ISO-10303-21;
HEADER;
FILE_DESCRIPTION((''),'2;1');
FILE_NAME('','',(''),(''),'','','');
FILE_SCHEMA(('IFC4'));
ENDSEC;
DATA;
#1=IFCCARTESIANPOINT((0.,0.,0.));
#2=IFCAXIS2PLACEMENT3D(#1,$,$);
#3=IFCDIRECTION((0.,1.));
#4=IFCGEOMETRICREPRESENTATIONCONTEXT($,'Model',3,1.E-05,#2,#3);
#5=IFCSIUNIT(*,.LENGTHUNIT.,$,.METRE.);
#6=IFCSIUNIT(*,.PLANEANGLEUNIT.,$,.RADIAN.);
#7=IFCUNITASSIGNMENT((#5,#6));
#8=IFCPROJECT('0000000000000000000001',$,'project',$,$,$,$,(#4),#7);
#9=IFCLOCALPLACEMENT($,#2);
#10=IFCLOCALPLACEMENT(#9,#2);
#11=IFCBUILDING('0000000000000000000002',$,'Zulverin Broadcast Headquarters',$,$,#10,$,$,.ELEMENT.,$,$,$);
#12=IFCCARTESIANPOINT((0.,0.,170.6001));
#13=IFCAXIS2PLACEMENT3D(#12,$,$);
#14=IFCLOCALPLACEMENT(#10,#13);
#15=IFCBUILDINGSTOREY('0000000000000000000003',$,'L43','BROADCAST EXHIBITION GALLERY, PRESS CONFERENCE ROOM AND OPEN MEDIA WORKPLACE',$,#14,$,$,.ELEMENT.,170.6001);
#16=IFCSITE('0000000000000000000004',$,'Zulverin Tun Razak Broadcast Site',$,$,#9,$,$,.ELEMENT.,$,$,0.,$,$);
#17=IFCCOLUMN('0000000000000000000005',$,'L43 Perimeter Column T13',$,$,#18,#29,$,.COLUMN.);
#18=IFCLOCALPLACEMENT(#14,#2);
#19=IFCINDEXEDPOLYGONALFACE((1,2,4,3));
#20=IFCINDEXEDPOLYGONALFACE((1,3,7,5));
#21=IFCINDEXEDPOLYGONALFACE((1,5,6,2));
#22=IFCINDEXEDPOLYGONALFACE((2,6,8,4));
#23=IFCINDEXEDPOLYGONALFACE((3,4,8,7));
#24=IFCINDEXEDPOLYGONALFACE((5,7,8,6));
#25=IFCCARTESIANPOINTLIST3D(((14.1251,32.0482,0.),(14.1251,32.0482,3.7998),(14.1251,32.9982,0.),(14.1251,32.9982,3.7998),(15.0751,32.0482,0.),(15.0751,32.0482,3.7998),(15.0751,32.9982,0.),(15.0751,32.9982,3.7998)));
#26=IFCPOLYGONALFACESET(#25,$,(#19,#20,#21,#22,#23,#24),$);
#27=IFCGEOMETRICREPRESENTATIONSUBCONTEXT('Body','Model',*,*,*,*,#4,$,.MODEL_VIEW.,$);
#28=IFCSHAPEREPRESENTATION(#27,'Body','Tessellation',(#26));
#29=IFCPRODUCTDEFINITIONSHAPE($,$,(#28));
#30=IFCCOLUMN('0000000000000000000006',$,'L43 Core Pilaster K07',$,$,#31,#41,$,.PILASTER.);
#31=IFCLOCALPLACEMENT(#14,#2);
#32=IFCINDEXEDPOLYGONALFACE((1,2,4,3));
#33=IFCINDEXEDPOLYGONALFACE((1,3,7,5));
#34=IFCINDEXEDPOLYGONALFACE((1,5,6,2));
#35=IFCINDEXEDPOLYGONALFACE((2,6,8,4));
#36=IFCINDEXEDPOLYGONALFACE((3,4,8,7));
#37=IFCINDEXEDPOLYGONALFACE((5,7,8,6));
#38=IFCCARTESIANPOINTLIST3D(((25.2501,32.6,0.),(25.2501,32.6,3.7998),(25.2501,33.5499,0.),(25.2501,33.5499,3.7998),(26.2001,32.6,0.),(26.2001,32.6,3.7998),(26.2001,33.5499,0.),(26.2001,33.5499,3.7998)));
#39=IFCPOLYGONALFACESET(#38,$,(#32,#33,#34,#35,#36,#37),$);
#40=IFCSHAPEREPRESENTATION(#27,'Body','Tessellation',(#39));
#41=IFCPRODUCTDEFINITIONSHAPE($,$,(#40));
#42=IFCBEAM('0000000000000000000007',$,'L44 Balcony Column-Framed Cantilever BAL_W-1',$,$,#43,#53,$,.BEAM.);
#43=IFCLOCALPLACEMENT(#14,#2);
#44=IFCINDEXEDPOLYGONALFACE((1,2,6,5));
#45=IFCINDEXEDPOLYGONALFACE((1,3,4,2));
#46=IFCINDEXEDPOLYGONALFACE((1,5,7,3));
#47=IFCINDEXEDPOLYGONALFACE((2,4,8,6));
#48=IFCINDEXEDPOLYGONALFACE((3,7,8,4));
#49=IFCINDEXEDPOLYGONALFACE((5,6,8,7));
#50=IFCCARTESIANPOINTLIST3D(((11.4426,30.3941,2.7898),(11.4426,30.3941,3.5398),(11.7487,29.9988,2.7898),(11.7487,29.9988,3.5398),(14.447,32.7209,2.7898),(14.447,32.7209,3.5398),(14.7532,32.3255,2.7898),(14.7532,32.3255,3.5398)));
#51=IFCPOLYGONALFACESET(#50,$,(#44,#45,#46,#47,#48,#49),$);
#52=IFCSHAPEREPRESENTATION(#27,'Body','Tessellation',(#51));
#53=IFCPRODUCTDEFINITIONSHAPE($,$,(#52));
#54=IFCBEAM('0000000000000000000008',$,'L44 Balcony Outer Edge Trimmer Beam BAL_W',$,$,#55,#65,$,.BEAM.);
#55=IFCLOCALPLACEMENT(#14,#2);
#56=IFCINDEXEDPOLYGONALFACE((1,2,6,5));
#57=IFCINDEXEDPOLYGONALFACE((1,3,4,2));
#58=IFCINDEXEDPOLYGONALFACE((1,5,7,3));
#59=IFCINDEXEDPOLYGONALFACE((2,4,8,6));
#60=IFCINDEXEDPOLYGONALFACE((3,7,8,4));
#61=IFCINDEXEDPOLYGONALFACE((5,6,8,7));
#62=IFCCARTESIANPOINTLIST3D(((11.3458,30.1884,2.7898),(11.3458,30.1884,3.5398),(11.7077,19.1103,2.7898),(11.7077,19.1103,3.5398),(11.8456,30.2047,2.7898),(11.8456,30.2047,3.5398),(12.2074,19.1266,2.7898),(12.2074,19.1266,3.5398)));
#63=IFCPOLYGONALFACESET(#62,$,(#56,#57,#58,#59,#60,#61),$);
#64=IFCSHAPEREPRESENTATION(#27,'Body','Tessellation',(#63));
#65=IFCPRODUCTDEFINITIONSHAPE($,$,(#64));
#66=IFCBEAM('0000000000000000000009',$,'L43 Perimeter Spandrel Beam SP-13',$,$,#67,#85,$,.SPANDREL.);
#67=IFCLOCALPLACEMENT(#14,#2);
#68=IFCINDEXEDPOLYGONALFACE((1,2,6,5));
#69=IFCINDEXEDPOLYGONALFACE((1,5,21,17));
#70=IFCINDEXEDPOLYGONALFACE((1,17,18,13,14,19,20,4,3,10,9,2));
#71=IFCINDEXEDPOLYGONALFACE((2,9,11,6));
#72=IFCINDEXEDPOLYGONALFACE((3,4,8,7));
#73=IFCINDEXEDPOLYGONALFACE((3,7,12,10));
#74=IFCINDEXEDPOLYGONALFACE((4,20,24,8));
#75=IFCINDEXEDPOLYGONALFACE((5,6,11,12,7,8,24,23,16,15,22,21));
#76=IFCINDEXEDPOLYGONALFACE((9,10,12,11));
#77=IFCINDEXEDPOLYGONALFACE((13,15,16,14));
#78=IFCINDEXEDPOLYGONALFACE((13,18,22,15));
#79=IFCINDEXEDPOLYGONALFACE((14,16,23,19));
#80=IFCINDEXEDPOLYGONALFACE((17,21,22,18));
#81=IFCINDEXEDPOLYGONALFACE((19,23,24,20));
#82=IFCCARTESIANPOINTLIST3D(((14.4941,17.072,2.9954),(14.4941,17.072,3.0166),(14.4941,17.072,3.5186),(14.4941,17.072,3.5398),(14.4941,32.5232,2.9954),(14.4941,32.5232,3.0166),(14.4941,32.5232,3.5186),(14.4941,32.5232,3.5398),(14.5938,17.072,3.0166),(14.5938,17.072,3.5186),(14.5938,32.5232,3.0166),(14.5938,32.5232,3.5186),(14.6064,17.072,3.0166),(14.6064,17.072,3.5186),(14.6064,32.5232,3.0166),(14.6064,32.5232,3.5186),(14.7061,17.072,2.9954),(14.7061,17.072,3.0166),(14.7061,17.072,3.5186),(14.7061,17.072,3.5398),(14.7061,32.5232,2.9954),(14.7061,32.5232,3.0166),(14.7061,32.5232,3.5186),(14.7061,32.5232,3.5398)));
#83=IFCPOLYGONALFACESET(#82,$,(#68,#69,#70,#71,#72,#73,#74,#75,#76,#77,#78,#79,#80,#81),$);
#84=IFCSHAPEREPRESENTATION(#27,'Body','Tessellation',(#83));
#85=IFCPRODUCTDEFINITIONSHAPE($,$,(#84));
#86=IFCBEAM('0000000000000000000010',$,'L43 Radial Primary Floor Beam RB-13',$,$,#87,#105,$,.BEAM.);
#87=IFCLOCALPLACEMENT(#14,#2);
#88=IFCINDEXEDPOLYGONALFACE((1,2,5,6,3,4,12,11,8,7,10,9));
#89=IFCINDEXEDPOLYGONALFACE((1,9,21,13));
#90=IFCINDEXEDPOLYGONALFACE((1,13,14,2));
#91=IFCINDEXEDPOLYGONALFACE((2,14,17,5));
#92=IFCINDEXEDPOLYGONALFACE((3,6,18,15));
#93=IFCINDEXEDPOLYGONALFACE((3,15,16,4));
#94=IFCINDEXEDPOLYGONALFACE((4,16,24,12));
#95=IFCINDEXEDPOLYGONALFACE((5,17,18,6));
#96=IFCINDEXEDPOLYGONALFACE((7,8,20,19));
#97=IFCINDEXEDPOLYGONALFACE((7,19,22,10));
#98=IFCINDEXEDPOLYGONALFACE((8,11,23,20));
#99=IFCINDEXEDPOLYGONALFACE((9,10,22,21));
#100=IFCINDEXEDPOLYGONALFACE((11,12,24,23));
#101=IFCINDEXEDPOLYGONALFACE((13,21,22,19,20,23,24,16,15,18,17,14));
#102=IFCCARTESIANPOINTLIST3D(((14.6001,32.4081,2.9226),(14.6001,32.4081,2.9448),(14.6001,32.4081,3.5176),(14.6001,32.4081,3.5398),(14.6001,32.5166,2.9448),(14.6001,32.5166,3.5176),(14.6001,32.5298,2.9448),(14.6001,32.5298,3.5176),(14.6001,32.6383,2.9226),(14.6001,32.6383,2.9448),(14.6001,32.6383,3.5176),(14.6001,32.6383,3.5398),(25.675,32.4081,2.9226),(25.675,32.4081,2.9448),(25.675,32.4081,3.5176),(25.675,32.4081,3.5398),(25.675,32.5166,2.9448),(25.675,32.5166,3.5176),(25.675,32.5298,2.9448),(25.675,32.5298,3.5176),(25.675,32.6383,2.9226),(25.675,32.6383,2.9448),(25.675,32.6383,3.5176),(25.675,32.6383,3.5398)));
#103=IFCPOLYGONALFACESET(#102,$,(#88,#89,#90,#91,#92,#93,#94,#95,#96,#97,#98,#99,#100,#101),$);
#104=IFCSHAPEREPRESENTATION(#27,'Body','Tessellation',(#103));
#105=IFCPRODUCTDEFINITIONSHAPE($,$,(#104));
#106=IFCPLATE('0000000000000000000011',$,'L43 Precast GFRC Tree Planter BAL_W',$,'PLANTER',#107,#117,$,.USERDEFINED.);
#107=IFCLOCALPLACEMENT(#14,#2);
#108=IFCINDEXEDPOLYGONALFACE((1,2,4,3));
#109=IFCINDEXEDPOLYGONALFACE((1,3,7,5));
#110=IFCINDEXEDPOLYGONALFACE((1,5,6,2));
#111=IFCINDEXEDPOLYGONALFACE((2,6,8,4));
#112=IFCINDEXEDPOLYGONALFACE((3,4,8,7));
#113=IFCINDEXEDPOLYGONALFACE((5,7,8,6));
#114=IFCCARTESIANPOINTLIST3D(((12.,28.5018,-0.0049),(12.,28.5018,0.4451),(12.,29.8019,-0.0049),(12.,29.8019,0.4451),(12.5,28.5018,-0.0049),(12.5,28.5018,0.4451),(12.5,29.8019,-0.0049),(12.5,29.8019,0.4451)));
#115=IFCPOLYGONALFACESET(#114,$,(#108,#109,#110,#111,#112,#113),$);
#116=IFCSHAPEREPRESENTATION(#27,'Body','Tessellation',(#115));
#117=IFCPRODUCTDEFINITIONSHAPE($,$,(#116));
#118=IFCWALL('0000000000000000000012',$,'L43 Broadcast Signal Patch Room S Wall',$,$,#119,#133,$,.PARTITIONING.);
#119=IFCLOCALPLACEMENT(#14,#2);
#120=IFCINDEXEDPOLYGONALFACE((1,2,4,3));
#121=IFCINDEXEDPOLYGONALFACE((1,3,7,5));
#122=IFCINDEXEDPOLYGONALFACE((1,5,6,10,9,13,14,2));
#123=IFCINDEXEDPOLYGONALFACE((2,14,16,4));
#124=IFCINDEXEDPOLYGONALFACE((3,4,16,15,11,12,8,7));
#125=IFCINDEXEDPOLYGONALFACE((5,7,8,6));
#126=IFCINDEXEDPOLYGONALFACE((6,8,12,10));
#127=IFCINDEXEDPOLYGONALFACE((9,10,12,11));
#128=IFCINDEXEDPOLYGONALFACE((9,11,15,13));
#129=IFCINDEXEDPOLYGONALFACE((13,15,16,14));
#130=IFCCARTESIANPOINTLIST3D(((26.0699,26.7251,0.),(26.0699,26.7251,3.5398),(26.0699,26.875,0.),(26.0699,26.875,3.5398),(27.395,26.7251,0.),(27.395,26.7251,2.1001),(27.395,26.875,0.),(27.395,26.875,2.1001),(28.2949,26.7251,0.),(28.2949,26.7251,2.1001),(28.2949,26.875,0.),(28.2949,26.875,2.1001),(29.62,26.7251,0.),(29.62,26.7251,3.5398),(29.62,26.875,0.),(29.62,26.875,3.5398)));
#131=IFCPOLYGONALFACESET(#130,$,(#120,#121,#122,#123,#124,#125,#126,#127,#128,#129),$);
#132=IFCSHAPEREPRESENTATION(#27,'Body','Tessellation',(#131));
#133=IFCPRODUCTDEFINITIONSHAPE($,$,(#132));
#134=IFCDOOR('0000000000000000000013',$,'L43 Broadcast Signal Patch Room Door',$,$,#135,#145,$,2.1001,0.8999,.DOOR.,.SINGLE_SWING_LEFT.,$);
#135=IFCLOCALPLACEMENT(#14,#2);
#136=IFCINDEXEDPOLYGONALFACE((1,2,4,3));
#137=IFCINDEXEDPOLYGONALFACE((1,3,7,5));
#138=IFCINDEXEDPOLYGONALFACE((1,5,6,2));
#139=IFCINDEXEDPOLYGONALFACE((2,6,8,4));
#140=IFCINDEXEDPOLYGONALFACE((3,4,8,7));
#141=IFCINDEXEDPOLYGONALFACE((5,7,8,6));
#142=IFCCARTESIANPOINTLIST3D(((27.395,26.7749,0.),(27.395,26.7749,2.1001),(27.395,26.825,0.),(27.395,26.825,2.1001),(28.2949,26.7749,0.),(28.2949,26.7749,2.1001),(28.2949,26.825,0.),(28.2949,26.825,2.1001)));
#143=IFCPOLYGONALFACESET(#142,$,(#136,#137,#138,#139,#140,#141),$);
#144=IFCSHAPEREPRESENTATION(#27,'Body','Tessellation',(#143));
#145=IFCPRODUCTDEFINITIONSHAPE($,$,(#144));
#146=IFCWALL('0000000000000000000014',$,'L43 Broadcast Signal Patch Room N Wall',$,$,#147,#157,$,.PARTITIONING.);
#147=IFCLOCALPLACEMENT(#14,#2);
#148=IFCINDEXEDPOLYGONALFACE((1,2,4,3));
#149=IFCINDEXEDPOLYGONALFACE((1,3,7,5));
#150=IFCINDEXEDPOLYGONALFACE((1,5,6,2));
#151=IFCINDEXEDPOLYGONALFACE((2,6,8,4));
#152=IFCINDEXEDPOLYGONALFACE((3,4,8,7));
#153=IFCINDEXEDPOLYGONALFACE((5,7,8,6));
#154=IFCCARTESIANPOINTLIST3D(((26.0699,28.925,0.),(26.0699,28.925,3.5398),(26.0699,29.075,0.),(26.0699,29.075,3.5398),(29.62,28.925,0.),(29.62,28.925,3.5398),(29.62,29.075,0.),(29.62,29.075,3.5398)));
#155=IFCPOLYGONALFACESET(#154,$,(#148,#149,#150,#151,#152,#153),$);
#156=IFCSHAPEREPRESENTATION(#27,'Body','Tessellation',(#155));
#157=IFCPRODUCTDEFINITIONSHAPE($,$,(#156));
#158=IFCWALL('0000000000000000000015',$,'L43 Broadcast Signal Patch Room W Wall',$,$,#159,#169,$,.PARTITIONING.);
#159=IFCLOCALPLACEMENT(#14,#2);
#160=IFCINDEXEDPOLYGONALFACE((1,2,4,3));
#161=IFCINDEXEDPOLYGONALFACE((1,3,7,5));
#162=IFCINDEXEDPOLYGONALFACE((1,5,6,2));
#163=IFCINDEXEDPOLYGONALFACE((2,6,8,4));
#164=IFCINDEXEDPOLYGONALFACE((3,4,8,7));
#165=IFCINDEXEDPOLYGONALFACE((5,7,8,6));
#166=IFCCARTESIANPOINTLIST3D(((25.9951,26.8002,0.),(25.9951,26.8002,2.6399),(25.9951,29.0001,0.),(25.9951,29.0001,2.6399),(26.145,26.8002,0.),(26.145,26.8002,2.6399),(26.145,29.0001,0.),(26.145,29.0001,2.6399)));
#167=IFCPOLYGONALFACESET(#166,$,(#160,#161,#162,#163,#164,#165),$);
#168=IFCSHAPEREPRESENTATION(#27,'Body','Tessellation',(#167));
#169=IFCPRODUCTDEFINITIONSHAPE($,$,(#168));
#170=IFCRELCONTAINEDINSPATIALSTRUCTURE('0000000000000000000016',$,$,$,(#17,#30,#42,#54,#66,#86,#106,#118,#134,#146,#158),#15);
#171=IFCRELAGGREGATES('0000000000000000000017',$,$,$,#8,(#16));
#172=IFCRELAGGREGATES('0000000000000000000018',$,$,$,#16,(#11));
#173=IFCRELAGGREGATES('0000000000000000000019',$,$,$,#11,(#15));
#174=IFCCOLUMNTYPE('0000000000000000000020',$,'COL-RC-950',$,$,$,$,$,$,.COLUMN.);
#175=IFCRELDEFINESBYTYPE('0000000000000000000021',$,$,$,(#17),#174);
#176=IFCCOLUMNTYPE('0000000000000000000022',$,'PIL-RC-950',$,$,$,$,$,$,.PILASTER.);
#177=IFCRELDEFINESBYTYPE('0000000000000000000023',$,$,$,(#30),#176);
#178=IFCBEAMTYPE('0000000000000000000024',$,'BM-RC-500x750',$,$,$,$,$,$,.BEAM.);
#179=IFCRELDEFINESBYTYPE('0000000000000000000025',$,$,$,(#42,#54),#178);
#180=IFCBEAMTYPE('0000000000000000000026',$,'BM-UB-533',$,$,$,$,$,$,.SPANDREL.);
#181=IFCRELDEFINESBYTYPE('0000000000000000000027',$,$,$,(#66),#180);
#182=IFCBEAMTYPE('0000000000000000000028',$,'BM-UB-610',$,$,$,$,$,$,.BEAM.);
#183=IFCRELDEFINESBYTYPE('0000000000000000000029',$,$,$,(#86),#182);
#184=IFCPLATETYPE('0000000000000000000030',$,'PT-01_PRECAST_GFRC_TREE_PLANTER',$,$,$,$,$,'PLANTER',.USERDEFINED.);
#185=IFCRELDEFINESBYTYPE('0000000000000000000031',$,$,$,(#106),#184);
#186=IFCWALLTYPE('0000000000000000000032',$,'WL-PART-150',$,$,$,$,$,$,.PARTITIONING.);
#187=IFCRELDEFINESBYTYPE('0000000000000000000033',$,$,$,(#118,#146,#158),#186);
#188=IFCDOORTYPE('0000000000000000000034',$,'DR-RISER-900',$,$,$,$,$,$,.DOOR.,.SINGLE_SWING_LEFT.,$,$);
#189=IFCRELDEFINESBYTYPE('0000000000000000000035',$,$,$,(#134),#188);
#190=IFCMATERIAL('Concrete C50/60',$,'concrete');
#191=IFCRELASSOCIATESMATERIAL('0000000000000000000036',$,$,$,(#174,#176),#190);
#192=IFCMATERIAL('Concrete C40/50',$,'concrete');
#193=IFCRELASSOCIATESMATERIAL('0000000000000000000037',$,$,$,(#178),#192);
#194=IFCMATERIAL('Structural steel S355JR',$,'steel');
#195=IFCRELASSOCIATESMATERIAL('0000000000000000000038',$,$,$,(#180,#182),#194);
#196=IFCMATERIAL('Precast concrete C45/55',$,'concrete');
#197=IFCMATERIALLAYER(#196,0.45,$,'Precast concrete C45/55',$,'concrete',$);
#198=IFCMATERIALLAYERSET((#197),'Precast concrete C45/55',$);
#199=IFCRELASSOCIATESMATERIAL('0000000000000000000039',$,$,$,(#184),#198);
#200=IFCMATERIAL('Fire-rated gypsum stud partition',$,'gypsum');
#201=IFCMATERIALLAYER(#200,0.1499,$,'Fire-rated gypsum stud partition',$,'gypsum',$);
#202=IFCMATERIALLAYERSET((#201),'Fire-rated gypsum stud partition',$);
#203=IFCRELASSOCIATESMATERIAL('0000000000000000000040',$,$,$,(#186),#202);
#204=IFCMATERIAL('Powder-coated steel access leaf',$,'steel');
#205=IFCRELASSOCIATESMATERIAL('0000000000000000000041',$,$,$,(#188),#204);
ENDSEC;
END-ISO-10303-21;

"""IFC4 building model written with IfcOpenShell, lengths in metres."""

from ifc_helpers import new_model, si_unit, direction, frame, frame_2d, origin, origin_2d, place, context, subcontext, project, spatial, rectangle, i_section, extrude, material, layer, layer_set, material_profile, profile_set, type_object, element, fill, save


model = new_model("IFC4")

# Units and contexts
model_context = context("Model", 3, precision=1e-05, world=origin(), true_north=direction((0.0, 1.0)))
body_context = subcontext(model_context, "Body", "Model", "MODEL_VIEW")
ifc_project = project(units=[si_unit("LENGTHUNIT", "METRE"), si_unit("PLANEANGLEUNIT", "RADIAN")], contexts=[model_context])

# Site, building, storey
site_placement = place(None, origin())
site = spatial("IfcSite", under=ifc_project, at=site_placement, Name="Zulverin Tun Razak Broadcast Site", CompositionType="ELEMENT", RefElevation=0.0)
building_placement = place(site_placement, origin())
building = spatial("IfcBuilding", under=site, at=building_placement, Name="Zulverin Broadcast Headquarters", CompositionType="ELEMENT")
storey_placement = place(building_placement, frame((0.0, 0.0, 170.6001)))
storey = spatial("IfcBuildingStorey", under=building, at=storey_placement, Name="L43", Description="BROADCAST EXHIBITION GALLERY, PRESS CONFERENCE ROOM AND OPEN MEDIA WORKPLACE", CompositionType="ELEMENT", Elevation=170.6001)

# Columns
ifc_material_1 = material(Name="Concrete C50/60", Category="concrete")
ifc_material_profile_1 = material_profile(ifc_material_1, rectangle(XDim=0.95, YDim=0.95, at=origin_2d()), Name="Concrete C50/60", Category="concrete")
ifc_profile_set_1 = profile_set([ifc_material_profile_1], Name="Concrete C50/60")
column_type_1 = type_object("IfcColumnType", Name="COL-RC-950", PredefinedType="COLUMN", material=ifc_profile_set_1)
column_1_placement = place(storey_placement, frame((14.6001, 32.5232, 0.0), z_axis=(0.0, 0.0, 1.0), x_axis=(1.0, 0.0, 0.0)))
element("IfcColumn", 1, at=column_1_placement, inside=storey, type_object=column_type_1, Name="L43 Perimeter Column T13", PredefinedType="COLUMN", context=body_context, shape_type="SweptSolid", body=[
    extrude(rectangle(XDim=0.95, YDim=0.95, at=origin_2d()), origin(), (0.0, 0.0, 1.0), 3.7998),
])
ifc_material_profile_2 = material_profile(ifc_material_1, rectangle(XDim=0.95, YDim=0.95, at=origin_2d()), Name="Concrete C50/60", Category="concrete")
ifc_profile_set_2 = profile_set([ifc_material_profile_2], Name="Concrete C50/60")
column_type_2 = type_object("IfcColumnType", Name="PIL-RC-950", PredefinedType="PILASTER", material=ifc_profile_set_2)
column_2_placement = place(storey_placement, frame((25.7251, 33.075, 0.0), z_axis=(0.0, 0.0, 1.0), x_axis=(1.0, 0.0, 0.0)))
element("IfcColumn", 2, at=column_2_placement, inside=storey, type_object=column_type_2, Name="L43 Core Pilaster K07", PredefinedType="PILASTER", context=body_context, shape_type="SweptSolid", body=[
    extrude(rectangle(XDim=0.95, YDim=0.95, at=origin_2d()), origin(), (0.0, 0.0, 1.0), 3.7998),
])

# Beams
ifc_material_2 = material(Name="Concrete C40/50", Category="concrete")
ifc_material_profile_3 = material_profile(ifc_material_2, rectangle(XDim=0.5, YDim=0.75, at=origin_2d()), Name="Concrete C40/50", Category="concrete")
ifc_profile_set_3 = profile_set([ifc_material_profile_3], Name="Concrete C40/50")
beam_type_1 = type_object("IfcBeamType", Name="BM-RC-500x750", PredefinedType="BEAM", material=ifc_profile_set_3)
beam_1_placement = place(storey_placement, frame((14.6001, 32.5232, 3.1648), z_axis=(-0.790637, -0.612285, 0.0), x_axis=(0.612285, -0.790637, 0.0)))
element("IfcBeam", 3, at=beam_1_placement, inside=storey, type_object=beam_type_1, Name="L44 Balcony Column-Framed Cantilever BAL_W-1", PredefinedType="BEAM", context=body_context, shape_type="SweptSolid", body=[
    extrude(rectangle(XDim=0.5, YDim=0.75, at=origin_2d()), origin(), (0.0, 0.0, 1.0), 3.8),
])
beam_2_placement = place(storey_placement, frame((11.5957, 30.1965, 3.1648), z_axis=(0.032643, -0.999467, 0.0), x_axis=(0.999467, 0.032643, 0.0)))
element("IfcBeam", 4, at=beam_2_placement, inside=storey, type_object=beam_type_1, Name="L44 Balcony Outer Edge Trimmer Beam BAL_W", PredefinedType="BEAM", context=body_context, shape_type="SweptSolid", body=[
    extrude(rectangle(XDim=0.5, YDim=0.75, at=origin_2d()), origin(), (0.0, 0.0, 1.0), 11.084),
])
ifc_material_3 = material(Name="Structural steel S355JR", Category="steel")
ifc_material_profile_4 = material_profile(ifc_material_3, i_section(OverallWidth=0.2119, OverallDepth=0.5444, WebThickness=0.0127, FlangeThickness=0.0212, at=origin_2d()), Name="Structural steel S355JR", Category="steel")
ifc_profile_set_4 = profile_set([ifc_material_profile_4], Name="Structural steel S355JR")
beam_type_2 = type_object("IfcBeamType", Name="BM-UB-533", PredefinedType="SPANDREL", material=ifc_profile_set_4)
beam_3_placement = place(storey_placement, frame((14.6001, 32.5232, 3.2676), z_axis=(0.0, -1.0, 0.0), x_axis=(1.0, 0.0, 0.0)))
element("IfcBeam", 5, at=beam_3_placement, inside=storey, type_object=beam_type_2, Name="L43 Perimeter Spandrel Beam SP-13", PredefinedType="SPANDREL", context=body_context, shape_type="SweptSolid", body=[
    extrude(i_section(OverallWidth=0.2119, OverallDepth=0.5444, WebThickness=0.0127, FlangeThickness=0.0212, at=origin_2d()), origin(), (0.0, 0.0, 1.0), 15.4512),
])
ifc_material_profile_5 = material_profile(ifc_material_3, i_section(OverallWidth=0.2302, OverallDepth=0.6172, WebThickness=0.0132, FlangeThickness=0.0222, at=origin_2d()), Name="Structural steel S355JR", Category="steel")
ifc_profile_set_5 = profile_set([ifc_material_profile_5], Name="Structural steel S355JR")
beam_type_3 = type_object("IfcBeamType", Name="BM-UB-610", PredefinedType="BEAM", material=ifc_profile_set_5)
beam_4_placement = place(storey_placement, frame((25.675, 32.5232, 3.2312), z_axis=(-1.0, 0.0, 0.0), x_axis=(0.0, -1.0, 0.0)))
element("IfcBeam", 6, at=beam_4_placement, inside=storey, type_object=beam_type_3, Name="L43 Radial Primary Floor Beam RB-13", PredefinedType="BEAM", context=body_context, shape_type="SweptSolid", body=[
    extrude(i_section(OverallWidth=0.2302, OverallDepth=0.6172, WebThickness=0.0132, FlangeThickness=0.0222, at=origin_2d()), origin(), (0.0, 0.0, 1.0), 11.075),
])

# Plate
ifc_material_4 = material(Name="Precast concrete C45/55", Category="concrete")
ifc_layer_1 = layer(ifc_material_4, 0.45, Name="Precast concrete C45/55", Category="concrete")
ifc_layer_set_1 = layer_set([ifc_layer_1], Name="Precast concrete C45/55")
plate_type = type_object("IfcPlateType", Name="PT-01_PRECAST_GFRC_TREE_PLANTER", ElementType="PLANTER", PredefinedType="USERDEFINED", material=ifc_layer_set_1)
plate_placement = place(storey_placement, frame((12.25, 29.1519, -0.0049), z_axis=(0.0, 0.0, 1.0), x_axis=(0.0, 1.0, 0.0)))
element("IfcPlate", 7, at=plate_placement, inside=storey, type_object=plate_type, Name="L43 Precast GFRC Tree Planter BAL_W", ObjectType="PLANTER", PredefinedType="USERDEFINED", context=body_context, shape_type="SweptSolid", body=[
    extrude(rectangle(XDim=1.3, YDim=0.5, at=origin_2d()), origin(), (0.0, 0.0, 1.0), 0.45),
])

# Wall, opening, door
ifc_material_5 = material(Name="Fire-rated gypsum stud partition", Category="gypsum")
ifc_layer_2 = layer(ifc_material_5, 0.1499, Name="Fire-rated gypsum stud partition", Category="gypsum")
ifc_layer_set_2 = layer_set([ifc_layer_2], Name="Fire-rated gypsum stud partition")
wall_type = type_object("IfcWallType", Name="WL-PART-150", PredefinedType="PARTITIONING", material=ifc_layer_set_2)
wall_1_placement = place(storey_placement, frame((26.0701, 26.8, 0.0), z_axis=(0.0, 0.0, 1.0), x_axis=(1.0, 0.0, 0.0)))
wall_1 = element("IfcWall", 8, at=wall_1_placement, inside=storey, type_object=wall_type, Name="L43 Broadcast Signal Patch Room S Wall", PredefinedType="PARTITIONING", context=body_context, shape_type="SweptSolid", body=[
    extrude(rectangle(XDim=3.55, YDim=0.1499, at=frame_2d((1.7749, 0.0))), origin(), (0.0, 0.0, 1.0), 3.5398),
])
opening_1_placement = place(wall_1_placement, frame((1.325, 0.0, 0.0)))
opening_1 = element("IfcOpeningElement", 9, at=opening_1_placement, cuts=wall_1, PredefinedType="OPENING", context=body_context, shape_type="SweptSolid", body=[
    extrude(rectangle(XDim=0.8999, YDim=2.1001, at=frame_2d((0.45, 1.05))), frame((0.0, 0.085, 0.0), z_axis=(0.0, -1.0, 0.0), x_axis=(1.0, 0.0, 0.0)), (0.0, 0.0, 1.0), 0.1699),
])
ifc_material_6 = material(Name="Powder-coated steel access leaf", Category="steel")
door_type_1 = type_object("IfcDoorType", Name="DR-RISER-900", OperationType="SINGLE_SWING_LEFT", PredefinedType="DOOR", material=ifc_material_6)
door_1_placement = place(opening_1_placement, origin())
door_1 = element("IfcDoor", 10, at=door_1_placement, inside=storey, type_object=door_type_1, Name="L43 Broadcast Signal Patch Room Door", OperationType="SINGLE_SWING_LEFT", OverallHeight=2.1001, OverallWidth=0.8999, PredefinedType="DOOR", context=body_context, shape_type="SweptSolid", body=[
    extrude(rectangle(XDim=0.8999, YDim=2.1001, at=frame_2d((0.45, 1.05))), frame((0.0, 0.0249, 0.0), z_axis=(0.0, -1.0, 0.0), x_axis=(1.0, 0.0, 0.0)), (0.0, 0.0, 1.0), 0.05),
])
fill(opening_1, door_1)

# Walls
wall_2_placement = place(storey_placement, frame((26.0701, 29.0, 0.0), z_axis=(0.0, 0.0, 1.0), x_axis=(1.0, 0.0, 0.0)))
element("IfcWall", 11, at=wall_2_placement, inside=storey, type_object=wall_type, Name="L43 Broadcast Signal Patch Room N Wall", PredefinedType="PARTITIONING", context=body_context, shape_type="SweptSolid", body=[
    extrude(rectangle(XDim=3.55, YDim=0.1499, at=frame_2d((1.7749, 0.0))), origin(), (0.0, 0.0, 1.0), 3.5398),
])
wall_3_placement = place(storey_placement, frame((26.0701, 26.8, 0.0), z_axis=(0.0, 0.0, 1.0), x_axis=(0.0, 1.0, 0.0)))
element("IfcWall", 12, at=wall_3_placement, inside=storey, type_object=wall_type, Name="L43 Broadcast Signal Patch Room W Wall", PredefinedType="PARTITIONING", context=body_context, shape_type="SweptSolid", body=[
    extrude(rectangle(XDim=2.2, YDim=0.1499, at=frame_2d((1.1001, 0.0))), origin(), (0.0, 0.0, 1.0), 2.6399),
])

save(model, "model.ifc")
